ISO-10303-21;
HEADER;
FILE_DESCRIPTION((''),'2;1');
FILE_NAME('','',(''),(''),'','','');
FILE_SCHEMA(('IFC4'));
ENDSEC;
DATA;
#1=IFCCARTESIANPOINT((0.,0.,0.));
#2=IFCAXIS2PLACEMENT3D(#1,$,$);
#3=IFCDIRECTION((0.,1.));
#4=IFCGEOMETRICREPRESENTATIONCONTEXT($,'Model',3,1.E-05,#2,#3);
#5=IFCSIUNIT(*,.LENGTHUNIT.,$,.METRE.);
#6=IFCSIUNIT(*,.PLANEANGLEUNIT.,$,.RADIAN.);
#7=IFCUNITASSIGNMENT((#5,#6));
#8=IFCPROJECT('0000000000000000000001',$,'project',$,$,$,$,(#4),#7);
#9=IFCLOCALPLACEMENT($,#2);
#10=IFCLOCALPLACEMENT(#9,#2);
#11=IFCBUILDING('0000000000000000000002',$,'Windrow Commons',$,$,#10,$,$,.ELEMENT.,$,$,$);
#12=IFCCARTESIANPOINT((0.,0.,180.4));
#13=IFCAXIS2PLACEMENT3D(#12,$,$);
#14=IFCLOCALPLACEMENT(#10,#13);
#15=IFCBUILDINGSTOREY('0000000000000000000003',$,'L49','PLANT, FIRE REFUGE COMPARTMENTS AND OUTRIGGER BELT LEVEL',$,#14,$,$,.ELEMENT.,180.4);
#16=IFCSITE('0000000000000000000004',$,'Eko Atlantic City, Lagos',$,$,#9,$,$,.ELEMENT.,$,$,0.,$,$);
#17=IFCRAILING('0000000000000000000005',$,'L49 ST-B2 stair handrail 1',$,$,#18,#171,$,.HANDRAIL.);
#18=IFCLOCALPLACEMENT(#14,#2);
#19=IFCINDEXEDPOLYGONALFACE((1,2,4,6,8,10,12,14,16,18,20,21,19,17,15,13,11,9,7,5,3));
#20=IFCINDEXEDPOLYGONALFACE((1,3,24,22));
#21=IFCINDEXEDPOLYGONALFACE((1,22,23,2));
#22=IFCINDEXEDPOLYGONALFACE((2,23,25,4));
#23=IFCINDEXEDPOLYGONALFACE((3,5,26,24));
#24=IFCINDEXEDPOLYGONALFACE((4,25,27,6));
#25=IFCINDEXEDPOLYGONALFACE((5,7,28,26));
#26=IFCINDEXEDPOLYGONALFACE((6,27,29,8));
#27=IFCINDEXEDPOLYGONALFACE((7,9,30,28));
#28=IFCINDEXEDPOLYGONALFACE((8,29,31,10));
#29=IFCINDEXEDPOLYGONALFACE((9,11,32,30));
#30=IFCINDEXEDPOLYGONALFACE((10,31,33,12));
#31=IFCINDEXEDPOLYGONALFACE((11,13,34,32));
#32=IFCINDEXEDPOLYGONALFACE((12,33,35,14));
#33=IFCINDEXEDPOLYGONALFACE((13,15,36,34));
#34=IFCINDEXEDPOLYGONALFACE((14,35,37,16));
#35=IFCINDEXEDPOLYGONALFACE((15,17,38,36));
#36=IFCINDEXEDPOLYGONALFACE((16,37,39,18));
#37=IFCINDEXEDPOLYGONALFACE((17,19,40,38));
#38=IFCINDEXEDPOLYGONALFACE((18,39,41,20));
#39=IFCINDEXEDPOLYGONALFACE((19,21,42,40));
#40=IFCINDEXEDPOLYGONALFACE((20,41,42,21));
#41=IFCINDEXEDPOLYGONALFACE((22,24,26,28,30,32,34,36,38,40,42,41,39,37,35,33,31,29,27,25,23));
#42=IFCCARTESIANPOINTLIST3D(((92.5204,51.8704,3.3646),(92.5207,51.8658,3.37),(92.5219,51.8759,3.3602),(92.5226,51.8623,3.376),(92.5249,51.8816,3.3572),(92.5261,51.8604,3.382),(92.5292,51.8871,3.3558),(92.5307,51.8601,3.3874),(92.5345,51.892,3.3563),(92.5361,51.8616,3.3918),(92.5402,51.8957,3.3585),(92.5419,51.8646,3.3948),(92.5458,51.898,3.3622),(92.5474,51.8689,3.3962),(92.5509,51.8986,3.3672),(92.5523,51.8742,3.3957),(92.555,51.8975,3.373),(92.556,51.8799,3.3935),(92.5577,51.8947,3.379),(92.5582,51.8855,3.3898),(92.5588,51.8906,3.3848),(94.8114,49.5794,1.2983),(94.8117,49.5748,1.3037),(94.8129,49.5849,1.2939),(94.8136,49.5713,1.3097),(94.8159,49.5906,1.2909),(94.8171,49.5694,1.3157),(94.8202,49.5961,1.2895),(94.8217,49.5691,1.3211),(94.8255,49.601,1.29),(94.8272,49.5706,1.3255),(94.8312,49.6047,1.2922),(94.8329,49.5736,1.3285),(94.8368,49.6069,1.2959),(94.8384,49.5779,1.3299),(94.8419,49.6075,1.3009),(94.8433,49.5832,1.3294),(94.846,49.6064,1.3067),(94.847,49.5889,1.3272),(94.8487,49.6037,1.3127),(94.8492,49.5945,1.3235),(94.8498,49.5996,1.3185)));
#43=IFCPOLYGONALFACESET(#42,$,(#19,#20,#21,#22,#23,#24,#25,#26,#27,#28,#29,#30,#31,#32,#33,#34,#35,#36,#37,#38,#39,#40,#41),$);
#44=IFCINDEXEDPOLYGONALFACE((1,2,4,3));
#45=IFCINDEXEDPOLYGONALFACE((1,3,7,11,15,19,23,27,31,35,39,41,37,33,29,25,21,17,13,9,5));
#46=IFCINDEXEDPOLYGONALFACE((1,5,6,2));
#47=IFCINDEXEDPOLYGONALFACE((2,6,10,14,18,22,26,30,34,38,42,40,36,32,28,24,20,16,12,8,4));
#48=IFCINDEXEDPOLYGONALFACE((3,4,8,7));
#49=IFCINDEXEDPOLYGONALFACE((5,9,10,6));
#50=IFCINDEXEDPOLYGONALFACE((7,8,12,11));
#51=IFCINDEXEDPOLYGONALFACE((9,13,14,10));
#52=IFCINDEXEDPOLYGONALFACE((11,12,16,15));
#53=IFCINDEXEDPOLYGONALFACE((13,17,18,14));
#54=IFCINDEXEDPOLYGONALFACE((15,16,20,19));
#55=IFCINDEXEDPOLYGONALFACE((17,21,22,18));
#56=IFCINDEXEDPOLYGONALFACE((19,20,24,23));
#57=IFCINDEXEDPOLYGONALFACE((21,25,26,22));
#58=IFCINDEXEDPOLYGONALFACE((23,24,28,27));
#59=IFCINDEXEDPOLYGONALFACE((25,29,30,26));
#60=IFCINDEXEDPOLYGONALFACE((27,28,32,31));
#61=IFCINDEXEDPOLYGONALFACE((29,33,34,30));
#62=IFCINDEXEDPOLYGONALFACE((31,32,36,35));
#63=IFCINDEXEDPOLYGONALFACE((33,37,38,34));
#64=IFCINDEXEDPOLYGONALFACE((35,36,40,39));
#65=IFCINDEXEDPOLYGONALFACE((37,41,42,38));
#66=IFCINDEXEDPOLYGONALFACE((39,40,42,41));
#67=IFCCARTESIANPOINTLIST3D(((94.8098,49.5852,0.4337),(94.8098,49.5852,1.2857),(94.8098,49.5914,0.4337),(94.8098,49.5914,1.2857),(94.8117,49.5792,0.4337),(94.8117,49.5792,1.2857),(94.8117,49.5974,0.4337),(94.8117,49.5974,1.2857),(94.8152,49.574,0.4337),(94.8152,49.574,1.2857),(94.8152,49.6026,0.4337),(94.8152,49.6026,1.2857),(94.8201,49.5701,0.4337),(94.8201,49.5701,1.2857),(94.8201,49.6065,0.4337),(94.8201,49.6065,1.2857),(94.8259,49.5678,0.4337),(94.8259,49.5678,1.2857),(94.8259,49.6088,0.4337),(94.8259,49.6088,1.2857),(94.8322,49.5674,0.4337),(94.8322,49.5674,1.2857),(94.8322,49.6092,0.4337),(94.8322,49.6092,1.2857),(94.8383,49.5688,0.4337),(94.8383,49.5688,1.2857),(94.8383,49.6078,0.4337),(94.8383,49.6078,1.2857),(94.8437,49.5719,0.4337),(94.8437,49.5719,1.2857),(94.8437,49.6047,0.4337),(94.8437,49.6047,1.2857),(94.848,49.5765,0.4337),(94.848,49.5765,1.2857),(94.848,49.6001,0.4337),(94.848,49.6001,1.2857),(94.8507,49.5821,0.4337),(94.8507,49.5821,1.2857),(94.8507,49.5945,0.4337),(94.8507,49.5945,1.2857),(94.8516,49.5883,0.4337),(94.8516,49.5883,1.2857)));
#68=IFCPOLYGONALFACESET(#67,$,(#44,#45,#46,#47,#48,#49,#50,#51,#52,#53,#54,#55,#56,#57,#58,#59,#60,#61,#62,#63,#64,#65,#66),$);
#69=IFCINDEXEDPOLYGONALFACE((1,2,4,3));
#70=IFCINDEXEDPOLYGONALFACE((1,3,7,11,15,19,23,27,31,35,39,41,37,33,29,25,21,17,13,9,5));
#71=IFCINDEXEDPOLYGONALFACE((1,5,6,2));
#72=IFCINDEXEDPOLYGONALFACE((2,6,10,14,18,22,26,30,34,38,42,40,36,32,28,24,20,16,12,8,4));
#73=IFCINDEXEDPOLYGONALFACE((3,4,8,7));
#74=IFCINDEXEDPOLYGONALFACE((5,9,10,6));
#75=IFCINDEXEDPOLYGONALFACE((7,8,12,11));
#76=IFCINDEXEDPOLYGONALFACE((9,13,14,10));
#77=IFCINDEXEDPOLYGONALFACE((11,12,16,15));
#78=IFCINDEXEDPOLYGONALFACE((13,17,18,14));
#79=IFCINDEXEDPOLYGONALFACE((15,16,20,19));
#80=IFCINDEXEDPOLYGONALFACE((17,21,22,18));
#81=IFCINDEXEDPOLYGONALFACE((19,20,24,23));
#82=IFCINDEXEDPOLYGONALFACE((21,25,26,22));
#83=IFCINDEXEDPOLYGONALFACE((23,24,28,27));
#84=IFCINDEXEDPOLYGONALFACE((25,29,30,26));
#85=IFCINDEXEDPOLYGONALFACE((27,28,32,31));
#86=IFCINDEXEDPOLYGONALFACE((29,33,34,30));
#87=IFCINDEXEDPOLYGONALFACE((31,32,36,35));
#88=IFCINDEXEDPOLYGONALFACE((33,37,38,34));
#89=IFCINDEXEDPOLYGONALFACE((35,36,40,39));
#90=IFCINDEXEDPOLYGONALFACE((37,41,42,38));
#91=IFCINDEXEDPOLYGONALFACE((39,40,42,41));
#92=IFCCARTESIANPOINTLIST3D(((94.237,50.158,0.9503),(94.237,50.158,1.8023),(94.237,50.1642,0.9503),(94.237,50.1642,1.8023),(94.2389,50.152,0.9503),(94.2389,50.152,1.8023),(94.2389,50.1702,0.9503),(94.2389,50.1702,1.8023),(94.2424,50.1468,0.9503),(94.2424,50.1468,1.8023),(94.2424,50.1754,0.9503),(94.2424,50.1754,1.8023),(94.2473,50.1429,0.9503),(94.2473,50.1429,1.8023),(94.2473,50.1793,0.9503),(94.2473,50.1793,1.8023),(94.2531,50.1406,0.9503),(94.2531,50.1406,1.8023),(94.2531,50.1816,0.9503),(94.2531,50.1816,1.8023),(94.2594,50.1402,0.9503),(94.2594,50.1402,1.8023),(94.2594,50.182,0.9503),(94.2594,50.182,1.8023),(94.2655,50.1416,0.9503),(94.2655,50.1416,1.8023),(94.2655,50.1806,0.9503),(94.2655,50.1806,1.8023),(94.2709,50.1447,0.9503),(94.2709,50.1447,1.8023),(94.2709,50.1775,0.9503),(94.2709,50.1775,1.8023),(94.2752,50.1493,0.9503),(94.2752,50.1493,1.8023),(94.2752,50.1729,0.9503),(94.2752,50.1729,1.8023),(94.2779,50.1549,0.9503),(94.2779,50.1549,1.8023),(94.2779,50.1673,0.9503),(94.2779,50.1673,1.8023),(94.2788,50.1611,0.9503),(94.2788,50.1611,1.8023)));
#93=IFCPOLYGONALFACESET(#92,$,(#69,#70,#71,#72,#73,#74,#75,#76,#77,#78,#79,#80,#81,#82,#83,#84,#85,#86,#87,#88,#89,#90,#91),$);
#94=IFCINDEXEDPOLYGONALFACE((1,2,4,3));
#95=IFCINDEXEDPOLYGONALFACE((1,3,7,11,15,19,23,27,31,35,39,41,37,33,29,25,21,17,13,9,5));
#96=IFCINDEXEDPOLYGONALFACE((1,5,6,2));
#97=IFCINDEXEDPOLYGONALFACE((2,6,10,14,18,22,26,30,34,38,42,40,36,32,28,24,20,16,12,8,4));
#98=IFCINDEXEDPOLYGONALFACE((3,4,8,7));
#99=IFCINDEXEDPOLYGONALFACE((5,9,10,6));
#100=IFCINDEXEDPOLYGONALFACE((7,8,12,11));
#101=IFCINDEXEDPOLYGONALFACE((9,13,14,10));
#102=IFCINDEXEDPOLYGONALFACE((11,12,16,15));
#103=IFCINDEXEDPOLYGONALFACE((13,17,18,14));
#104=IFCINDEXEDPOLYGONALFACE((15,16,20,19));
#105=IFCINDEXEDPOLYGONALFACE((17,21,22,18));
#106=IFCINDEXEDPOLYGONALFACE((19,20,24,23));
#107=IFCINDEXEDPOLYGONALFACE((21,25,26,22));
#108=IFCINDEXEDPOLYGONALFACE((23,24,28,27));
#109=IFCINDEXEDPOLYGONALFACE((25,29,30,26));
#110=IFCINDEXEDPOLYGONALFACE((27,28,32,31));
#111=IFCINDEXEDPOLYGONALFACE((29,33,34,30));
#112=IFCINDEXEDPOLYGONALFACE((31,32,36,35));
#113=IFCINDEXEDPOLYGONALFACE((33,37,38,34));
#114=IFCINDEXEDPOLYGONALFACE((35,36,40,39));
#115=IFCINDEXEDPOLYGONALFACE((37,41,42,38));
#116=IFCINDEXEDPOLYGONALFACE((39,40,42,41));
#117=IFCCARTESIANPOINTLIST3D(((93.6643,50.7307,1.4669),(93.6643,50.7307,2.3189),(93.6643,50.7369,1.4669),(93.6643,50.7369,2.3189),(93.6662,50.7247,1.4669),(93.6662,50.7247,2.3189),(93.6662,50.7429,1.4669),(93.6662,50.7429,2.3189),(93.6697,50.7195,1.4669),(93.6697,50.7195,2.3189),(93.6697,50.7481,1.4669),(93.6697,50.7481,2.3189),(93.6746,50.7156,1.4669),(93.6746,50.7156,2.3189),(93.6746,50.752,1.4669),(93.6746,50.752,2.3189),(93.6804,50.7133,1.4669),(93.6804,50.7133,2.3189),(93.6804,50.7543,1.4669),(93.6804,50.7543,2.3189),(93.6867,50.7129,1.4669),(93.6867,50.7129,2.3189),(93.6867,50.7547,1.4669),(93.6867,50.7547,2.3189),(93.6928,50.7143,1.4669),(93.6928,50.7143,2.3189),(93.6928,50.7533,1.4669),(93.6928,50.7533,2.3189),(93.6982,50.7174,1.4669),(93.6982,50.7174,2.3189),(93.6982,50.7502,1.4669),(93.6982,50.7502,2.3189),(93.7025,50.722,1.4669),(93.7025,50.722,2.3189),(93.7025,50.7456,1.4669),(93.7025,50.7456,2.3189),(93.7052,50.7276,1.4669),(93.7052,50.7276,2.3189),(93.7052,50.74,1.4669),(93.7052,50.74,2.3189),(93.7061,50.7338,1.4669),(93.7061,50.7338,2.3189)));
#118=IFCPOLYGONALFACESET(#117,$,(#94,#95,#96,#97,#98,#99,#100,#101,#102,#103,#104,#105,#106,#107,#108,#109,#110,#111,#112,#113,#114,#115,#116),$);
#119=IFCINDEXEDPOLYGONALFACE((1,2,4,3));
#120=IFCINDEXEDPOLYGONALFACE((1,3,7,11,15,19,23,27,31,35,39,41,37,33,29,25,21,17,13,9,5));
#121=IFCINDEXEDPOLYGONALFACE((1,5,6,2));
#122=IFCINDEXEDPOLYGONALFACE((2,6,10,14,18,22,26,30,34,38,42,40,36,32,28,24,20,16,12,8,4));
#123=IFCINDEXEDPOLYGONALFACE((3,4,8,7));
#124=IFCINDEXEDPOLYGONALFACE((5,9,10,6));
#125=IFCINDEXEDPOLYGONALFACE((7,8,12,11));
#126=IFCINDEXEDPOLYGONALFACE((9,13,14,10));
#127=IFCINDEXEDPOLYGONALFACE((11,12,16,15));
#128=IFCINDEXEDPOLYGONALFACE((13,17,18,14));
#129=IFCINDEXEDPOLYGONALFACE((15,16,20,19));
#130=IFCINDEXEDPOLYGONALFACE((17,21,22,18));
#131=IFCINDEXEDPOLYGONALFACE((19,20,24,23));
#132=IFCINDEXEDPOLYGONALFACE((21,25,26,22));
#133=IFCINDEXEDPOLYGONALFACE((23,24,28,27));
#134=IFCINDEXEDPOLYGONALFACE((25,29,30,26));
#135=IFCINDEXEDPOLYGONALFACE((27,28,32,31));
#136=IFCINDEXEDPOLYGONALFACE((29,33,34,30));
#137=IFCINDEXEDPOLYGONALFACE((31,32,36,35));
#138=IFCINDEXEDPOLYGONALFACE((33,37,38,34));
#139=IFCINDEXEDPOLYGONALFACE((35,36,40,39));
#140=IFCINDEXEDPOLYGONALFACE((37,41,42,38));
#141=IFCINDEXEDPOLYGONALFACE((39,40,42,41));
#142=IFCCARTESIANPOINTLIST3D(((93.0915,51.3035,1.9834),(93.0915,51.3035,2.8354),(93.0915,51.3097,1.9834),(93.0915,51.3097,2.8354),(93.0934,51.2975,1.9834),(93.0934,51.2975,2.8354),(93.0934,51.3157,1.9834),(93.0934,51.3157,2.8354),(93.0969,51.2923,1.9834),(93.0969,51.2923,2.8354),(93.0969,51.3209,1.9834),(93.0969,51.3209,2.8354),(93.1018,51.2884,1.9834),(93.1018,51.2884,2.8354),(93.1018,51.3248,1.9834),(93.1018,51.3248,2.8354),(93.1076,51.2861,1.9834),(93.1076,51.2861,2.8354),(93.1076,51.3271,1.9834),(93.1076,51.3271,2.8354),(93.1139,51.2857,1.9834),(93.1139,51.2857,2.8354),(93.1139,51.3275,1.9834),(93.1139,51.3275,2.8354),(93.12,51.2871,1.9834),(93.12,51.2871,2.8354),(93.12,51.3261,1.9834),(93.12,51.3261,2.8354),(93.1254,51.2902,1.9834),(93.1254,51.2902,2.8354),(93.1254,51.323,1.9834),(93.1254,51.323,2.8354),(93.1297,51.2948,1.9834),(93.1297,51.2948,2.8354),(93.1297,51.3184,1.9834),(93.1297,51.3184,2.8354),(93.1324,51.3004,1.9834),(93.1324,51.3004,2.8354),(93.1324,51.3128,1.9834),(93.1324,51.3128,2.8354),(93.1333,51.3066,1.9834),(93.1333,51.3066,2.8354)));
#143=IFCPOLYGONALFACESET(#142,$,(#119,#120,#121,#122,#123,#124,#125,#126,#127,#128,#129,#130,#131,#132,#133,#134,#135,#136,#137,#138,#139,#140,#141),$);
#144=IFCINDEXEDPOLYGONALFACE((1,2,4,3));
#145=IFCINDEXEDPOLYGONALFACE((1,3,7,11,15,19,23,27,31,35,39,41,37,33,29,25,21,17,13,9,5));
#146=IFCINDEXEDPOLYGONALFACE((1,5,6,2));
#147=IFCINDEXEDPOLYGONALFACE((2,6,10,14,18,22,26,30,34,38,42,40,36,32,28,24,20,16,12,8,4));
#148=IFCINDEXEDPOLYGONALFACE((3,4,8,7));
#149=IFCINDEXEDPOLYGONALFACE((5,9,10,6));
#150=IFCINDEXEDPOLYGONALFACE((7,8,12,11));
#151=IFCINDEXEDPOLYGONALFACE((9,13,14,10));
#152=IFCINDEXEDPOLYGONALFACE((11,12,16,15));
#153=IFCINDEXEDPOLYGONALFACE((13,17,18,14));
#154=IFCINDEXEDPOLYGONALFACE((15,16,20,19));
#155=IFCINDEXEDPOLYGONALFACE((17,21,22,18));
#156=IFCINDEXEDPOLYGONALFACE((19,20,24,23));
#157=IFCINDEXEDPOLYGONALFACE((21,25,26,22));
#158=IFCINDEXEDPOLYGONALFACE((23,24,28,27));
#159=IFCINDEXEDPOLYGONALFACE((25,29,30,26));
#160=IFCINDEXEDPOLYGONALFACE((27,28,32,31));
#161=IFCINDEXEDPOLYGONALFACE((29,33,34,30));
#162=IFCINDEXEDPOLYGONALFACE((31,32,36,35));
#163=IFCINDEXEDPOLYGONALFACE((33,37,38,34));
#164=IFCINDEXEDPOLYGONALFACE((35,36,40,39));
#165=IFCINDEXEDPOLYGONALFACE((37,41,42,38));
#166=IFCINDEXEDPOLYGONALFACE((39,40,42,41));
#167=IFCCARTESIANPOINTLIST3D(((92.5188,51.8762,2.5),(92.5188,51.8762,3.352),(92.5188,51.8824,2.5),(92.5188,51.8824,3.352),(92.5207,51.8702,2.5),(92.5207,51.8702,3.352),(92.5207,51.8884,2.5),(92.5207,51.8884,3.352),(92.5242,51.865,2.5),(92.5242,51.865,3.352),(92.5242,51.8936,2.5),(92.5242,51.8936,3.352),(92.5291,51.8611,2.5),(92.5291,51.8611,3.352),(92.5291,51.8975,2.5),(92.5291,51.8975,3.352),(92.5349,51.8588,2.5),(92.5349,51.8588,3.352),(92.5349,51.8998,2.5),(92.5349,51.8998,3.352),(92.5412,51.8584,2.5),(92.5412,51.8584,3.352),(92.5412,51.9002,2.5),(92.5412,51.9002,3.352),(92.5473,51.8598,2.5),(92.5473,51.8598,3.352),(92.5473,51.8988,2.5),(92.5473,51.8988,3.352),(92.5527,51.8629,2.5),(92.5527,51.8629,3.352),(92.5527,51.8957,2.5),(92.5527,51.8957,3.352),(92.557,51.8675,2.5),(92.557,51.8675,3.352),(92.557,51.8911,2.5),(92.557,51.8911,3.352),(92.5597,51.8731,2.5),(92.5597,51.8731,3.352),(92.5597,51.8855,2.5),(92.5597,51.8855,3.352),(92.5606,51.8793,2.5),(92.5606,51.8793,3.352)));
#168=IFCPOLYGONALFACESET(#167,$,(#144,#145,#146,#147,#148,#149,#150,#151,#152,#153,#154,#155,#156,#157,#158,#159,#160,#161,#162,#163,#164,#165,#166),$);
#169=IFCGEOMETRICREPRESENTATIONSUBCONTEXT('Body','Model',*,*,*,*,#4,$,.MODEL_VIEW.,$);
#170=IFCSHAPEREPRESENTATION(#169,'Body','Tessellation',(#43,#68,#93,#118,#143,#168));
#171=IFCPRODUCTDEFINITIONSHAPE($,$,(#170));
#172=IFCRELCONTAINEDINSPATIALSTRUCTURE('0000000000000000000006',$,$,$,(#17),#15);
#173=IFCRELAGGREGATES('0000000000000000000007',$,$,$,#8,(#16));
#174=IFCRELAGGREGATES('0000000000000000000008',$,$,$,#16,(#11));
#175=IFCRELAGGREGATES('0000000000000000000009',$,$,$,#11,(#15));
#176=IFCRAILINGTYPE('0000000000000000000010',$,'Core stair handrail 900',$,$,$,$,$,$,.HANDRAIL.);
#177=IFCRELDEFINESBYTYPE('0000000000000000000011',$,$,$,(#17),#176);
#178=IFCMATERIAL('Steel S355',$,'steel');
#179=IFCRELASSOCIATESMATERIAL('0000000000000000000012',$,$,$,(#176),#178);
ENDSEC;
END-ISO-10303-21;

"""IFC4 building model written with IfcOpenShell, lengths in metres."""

from ifc_helpers import new_model, si_unit, direction, frame, origin, origin_2d, place, context, subcontext, project, spatial, circle, extrude, material, type_object, element, save


model = new_model("IFC4")

# Units and contexts
model_context = context("Model", 3, precision=1e-05, world=origin(), true_north=direction((0.0, 1.0)))
body_context = subcontext(model_context, "Body", "Model", "MODEL_VIEW")
ifc_project = project(units=[si_unit("LENGTHUNIT", "METRE"), si_unit("PLANEANGLEUNIT", "RADIAN")], contexts=[model_context])

# Site, building, storey
site_placement = place(None, origin())
site = spatial("IfcSite", under=ifc_project, at=site_placement, Name="Eko Atlantic City, Lagos", CompositionType="ELEMENT", RefElevation=0.0)
building_placement = place(site_placement, origin())
building = spatial("IfcBuilding", under=site, at=building_placement, Name="Windrow Commons", CompositionType="ELEMENT")
storey_placement = place(building_placement, frame((0.0, 0.0, 180.4)))
storey = spatial("IfcBuildingStorey", under=building, at=storey_placement, Name="L49", Description="PLANT, FIRE REFUGE COMPARTMENTS AND OUTRIGGER BELT LEVEL", CompositionType="ELEMENT", Elevation=180.4)

# Railing
ifc_material_1 = material(Name="Steel S355", Category="steel")
railing_type_1 = type_object("IfcRailingType", Name="Core stair handrail 900", PredefinedType="HANDRAIL", material=ifc_material_1)
railing_1_placement = place(storey_placement, frame((94.8306, 49.5883, 0.4337)))
element("IfcRailing", 1, at=railing_1_placement, inside=storey, type_object=railing_type_1, Name="L49 ST-B2 stair handrail 1", PredefinedType="HANDRAIL", context=body_context, shape_type="SweptSolid", body=[
    extrude(circle(Radius=0.024, at=origin_2d()), frame((0.0, 0.0, 0.876), z_axis=(-0.596183, 0.596183, 0.53771), x_axis=(-0.707107, -0.707107, 0.0)), (0.0, 0.0, 1.0), 3.8428),
    extrude(circle(Radius=0.021, at=origin_2d()), origin(), (0.0, 0.0, 1.0), 0.852),
    extrude(circle(Radius=0.021, at=origin_2d()), frame((-0.5728, 0.5728, 0.5166)), (0.0, 0.0, 1.0), 0.852),
    extrude(circle(Radius=0.021, at=origin_2d()), frame((-1.1455, 1.1455, 1.0332)), (0.0, 0.0, 1.0), 0.852),
    extrude(circle(Radius=0.021, at=origin_2d()), frame((-1.7183, 1.7183, 1.5497)), (0.0, 0.0, 1.0), 0.852),
    extrude(circle(Radius=0.021, at=origin_2d()), frame((-2.291, 2.291, 2.0663)), (0.0, 0.0, 1.0), 0.852),
])

save(model, "model.ifc")
